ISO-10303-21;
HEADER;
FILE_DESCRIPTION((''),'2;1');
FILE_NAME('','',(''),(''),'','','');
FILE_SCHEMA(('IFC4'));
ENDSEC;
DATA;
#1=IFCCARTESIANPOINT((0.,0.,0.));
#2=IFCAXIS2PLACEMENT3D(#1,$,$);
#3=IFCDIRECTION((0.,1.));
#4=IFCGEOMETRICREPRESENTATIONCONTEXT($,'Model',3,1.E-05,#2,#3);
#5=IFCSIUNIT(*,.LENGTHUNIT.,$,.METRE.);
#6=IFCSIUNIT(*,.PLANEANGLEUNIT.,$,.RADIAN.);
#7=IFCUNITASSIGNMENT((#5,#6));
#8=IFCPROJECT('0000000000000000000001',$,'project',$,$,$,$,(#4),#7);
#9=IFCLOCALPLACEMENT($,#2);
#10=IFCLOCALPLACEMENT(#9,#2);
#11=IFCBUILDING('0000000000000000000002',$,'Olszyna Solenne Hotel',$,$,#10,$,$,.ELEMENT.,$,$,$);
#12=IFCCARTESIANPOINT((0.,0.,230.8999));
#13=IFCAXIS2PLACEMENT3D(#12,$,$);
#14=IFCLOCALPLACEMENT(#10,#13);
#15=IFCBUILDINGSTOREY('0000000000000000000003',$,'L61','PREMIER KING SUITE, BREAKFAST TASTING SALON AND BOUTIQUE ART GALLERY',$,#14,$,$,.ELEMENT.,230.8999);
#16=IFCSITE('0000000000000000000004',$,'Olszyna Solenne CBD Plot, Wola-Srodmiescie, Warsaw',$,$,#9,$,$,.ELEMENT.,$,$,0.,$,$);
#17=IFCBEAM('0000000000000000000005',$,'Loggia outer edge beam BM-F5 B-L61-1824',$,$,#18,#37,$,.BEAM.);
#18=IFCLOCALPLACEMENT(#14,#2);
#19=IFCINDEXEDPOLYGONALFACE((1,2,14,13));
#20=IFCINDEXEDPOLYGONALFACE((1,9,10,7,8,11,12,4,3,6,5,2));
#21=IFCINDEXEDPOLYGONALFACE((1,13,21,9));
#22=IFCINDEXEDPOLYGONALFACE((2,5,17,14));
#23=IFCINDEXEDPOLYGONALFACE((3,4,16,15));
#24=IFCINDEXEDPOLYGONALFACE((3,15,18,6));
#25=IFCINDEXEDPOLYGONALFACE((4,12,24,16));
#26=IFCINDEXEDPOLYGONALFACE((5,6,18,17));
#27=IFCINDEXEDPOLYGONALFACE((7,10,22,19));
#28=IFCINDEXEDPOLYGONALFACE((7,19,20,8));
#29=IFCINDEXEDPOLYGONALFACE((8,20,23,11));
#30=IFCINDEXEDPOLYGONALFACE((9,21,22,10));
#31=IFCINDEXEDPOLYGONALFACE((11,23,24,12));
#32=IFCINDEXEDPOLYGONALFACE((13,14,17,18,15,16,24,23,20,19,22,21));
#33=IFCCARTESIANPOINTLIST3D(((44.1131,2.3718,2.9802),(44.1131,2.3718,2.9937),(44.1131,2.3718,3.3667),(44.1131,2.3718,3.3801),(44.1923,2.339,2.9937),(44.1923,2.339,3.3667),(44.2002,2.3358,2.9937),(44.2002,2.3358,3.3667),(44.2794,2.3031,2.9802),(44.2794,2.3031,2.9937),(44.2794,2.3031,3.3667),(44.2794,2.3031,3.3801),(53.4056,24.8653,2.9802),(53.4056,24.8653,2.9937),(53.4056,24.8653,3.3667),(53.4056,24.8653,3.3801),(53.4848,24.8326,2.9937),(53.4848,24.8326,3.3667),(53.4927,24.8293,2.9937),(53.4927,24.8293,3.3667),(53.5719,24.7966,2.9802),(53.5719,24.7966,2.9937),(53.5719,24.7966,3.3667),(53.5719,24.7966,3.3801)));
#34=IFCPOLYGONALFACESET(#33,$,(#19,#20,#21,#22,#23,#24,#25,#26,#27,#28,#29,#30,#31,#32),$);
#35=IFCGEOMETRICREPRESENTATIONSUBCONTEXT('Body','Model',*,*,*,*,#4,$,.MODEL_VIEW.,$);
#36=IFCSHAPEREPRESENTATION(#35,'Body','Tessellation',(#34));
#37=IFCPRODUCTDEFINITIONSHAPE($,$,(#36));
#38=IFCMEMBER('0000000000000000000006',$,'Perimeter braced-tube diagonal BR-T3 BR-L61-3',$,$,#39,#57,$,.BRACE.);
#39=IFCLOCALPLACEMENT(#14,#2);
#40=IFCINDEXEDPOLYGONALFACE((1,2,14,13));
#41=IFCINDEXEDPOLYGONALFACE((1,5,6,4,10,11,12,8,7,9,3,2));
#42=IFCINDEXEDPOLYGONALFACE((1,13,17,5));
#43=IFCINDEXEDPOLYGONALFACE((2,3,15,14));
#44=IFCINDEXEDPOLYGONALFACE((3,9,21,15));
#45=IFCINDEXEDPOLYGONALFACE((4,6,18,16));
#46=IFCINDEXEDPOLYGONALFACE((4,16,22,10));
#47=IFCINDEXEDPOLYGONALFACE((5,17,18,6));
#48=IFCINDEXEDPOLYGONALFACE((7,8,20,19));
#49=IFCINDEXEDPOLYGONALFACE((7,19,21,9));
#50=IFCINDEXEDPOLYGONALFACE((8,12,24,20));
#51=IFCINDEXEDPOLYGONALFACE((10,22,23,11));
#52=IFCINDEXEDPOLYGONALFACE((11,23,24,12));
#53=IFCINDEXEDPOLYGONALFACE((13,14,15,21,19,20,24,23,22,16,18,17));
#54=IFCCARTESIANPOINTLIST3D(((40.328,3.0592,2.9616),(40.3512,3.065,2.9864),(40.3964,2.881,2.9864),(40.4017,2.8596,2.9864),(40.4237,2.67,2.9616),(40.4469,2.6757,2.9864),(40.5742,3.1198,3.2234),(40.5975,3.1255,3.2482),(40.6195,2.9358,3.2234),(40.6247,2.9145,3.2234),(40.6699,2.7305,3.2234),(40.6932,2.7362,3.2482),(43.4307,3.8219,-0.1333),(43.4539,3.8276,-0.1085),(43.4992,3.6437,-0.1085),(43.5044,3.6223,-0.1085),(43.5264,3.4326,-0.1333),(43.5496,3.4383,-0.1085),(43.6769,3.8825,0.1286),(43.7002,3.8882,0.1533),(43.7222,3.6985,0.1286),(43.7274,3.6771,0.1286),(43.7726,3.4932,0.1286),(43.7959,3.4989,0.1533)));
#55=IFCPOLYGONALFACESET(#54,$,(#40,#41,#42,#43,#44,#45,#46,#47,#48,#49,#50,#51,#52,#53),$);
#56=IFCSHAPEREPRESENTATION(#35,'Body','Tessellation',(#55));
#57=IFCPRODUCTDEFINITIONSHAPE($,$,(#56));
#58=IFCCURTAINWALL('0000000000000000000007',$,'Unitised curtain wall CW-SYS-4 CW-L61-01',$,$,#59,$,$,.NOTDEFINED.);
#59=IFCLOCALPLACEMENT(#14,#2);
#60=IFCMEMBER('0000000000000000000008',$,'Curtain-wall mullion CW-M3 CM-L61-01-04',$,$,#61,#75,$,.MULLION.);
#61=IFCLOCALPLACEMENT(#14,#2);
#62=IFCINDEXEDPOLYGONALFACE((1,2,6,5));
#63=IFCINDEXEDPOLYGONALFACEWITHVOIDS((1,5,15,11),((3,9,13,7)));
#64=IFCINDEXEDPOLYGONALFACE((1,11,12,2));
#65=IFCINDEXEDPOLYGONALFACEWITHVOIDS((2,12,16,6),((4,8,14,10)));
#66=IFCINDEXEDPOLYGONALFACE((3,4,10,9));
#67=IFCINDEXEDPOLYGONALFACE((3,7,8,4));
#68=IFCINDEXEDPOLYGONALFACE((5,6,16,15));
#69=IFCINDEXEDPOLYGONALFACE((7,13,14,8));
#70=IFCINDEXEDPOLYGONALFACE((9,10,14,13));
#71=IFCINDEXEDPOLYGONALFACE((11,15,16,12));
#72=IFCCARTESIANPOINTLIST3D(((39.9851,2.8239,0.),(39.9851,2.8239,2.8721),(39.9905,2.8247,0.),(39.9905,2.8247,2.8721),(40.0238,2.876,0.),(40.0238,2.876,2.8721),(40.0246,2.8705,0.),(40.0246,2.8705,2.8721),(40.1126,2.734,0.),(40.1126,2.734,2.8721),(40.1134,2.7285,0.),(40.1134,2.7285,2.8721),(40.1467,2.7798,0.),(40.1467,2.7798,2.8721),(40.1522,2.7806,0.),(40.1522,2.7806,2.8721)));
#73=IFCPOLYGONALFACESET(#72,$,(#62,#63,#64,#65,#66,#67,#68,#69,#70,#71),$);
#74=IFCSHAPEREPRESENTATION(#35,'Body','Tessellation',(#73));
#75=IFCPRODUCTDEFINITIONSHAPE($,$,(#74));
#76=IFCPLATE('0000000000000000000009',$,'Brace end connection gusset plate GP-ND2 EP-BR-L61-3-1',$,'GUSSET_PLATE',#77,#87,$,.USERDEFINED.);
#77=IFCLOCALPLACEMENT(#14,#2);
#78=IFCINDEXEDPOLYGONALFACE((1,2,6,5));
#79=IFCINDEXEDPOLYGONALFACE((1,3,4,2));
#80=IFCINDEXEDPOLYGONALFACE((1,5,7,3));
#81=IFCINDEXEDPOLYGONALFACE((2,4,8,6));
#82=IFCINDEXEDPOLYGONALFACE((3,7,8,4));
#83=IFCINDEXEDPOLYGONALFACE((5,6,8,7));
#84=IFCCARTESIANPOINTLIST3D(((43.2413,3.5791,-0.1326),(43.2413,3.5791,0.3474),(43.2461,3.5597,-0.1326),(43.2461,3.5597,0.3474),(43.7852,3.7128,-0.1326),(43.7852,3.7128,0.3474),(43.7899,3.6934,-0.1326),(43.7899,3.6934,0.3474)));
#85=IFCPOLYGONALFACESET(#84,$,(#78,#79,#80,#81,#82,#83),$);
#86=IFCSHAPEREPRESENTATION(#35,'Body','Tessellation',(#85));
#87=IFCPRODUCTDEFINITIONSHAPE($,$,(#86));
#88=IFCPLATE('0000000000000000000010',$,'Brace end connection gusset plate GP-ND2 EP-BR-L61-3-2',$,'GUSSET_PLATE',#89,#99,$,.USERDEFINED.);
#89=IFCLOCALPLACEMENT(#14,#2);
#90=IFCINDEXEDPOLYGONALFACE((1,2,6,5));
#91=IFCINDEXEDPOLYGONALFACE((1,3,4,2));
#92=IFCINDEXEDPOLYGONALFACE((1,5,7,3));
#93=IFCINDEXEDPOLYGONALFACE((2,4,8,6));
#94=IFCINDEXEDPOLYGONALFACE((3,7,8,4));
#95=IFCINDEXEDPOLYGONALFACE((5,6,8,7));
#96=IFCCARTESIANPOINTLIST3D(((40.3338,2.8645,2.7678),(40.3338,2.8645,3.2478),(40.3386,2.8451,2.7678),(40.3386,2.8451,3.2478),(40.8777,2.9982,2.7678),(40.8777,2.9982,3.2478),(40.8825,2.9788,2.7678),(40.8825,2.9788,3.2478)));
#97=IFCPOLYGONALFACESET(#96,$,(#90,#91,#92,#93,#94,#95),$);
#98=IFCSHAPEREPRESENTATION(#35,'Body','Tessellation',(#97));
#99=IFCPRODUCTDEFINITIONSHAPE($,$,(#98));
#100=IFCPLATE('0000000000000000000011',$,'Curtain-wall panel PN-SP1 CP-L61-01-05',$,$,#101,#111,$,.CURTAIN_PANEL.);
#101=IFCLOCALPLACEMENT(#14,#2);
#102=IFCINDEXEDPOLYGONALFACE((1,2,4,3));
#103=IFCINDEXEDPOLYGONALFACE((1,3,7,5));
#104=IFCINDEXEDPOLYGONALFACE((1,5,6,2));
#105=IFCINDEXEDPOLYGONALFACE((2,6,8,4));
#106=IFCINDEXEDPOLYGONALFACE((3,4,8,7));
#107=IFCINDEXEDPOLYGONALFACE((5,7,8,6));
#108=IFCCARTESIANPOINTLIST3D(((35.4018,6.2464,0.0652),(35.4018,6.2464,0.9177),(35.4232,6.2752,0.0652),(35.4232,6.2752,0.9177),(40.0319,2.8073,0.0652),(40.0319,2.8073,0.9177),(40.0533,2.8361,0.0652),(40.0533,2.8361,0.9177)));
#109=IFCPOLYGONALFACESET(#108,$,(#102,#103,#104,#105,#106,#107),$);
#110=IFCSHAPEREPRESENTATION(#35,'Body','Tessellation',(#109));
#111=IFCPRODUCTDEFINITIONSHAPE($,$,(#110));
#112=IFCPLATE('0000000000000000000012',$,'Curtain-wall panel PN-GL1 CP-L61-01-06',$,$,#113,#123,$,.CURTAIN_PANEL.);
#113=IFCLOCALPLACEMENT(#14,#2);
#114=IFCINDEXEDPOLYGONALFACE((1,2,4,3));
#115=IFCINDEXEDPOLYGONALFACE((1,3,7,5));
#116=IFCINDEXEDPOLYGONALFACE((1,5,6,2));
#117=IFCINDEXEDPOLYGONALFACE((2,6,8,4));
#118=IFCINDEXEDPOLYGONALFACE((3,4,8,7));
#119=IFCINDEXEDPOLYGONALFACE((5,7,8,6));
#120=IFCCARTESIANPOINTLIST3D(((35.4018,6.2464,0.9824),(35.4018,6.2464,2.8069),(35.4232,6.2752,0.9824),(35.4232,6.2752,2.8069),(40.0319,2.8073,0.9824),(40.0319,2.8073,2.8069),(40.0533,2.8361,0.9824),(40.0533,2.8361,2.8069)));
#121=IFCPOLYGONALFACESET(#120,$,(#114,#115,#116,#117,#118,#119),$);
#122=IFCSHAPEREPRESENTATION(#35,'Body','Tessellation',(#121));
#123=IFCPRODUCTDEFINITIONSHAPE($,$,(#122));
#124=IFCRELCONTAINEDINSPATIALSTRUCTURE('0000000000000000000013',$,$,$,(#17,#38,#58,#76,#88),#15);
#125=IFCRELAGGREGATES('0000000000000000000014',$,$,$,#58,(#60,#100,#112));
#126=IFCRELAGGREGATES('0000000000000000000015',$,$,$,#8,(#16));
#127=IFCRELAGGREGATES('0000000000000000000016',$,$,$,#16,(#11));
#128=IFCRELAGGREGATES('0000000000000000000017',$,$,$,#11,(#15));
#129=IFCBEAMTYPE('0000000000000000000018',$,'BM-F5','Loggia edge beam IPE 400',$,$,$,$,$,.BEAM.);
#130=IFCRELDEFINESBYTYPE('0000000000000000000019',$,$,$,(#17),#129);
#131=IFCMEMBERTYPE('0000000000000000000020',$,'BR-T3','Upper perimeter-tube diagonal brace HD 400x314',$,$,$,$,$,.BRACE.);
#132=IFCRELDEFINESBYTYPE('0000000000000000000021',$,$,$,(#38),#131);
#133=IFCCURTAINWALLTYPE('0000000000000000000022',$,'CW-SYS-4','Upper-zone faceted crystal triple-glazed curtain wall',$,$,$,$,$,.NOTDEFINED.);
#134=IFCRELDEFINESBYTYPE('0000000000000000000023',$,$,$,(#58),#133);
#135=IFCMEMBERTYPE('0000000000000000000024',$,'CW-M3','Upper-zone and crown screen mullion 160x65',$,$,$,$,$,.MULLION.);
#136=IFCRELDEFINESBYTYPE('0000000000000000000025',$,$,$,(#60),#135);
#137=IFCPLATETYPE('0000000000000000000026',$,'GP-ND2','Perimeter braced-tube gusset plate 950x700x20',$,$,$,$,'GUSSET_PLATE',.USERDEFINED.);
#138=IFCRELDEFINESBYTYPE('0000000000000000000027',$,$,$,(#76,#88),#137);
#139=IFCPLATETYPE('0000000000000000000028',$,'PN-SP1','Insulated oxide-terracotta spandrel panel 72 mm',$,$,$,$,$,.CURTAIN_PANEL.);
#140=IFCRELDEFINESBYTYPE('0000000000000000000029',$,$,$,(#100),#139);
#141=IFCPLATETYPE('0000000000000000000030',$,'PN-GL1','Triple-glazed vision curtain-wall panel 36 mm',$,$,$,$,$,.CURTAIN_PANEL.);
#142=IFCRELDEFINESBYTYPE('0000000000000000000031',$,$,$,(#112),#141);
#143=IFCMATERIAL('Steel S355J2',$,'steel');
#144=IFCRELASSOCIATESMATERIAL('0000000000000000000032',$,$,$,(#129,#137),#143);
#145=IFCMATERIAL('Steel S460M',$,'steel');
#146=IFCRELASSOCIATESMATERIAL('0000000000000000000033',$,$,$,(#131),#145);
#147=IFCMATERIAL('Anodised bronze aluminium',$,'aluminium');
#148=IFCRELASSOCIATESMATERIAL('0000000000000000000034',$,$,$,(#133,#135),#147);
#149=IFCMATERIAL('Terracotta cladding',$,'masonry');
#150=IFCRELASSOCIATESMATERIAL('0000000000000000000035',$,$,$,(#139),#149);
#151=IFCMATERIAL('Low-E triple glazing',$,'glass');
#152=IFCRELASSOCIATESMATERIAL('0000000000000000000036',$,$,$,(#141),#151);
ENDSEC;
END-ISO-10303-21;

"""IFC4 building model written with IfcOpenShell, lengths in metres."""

from ifc_helpers import new_model, si_unit, direction, frame, origin, origin_2d, place, context, subcontext, project, spatial, rectangle, hollow_rectangle, i_section, extrude, source, transform, mapped, material, material_profile, profile_set, type_object, element, aggregate, save


model = new_model("IFC4")

# Units and contexts
model_context = context("Model", 3, precision=1e-05, world=origin(), true_north=direction((0.0, 1.0)))
body_context = subcontext(model_context, "Body", "Model", "MODEL_VIEW")
ifc_project = project(units=[si_unit("LENGTHUNIT", "METRE"), si_unit("PLANEANGLEUNIT", "RADIAN")], contexts=[model_context])

# Site, building, storey
site_placement = place(None, origin())
site = spatial("IfcSite", under=ifc_project, at=site_placement, Name="Olszyna Solenne CBD Plot, Wola-Srodmiescie, Warsaw", CompositionType="ELEMENT", RefElevation=0.0)
building_placement = place(site_placement, origin())
building = spatial("IfcBuilding", under=site, at=building_placement, Name="Olszyna Solenne Hotel", CompositionType="ELEMENT")
storey_placement = place(building_placement, frame((0.0, 0.0, 230.8999)))
storey = spatial("IfcBuildingStorey", under=building, at=storey_placement, Name="L61", Description="PREMIER KING SUITE, BREAKFAST TASTING SALON AND BOUTIQUE ART GALLERY", CompositionType="ELEMENT", Elevation=230.8999)

# Shared definitions
ifc_material_1 = material(Name="Steel S460M", Category="steel")

# Beam
ifc_material_2 = material(Name="Steel S355J2", Category="steel")
ifc_material_profile_1 = material_profile(ifc_material_2, i_section(OverallWidth=0.1799, OverallDepth=0.3999, WebThickness=0.0085, FlangeThickness=0.0134, at=origin_2d()), Name="IPE 400", Category="load-bearing")
ifc_profile_set_1 = profile_set([ifc_material_profile_1], Name="Steel S355J2")
beam_type_1 = type_object("IfcBeamType", Name="BM-F5", Description="Loggia edge beam IPE 400", PredefinedType="BEAM", material=ifc_profile_set_1)
shared_shape_1 = source(origin(), body_context, "Body", "SweptSolid", [
    extrude(i_section(OverallWidth=0.1799, OverallDepth=0.3999, WebThickness=0.0085, FlangeThickness=0.0134, at=origin_2d()), origin(), (0.0, 0.0, 1.0), 24.3374),
])
beam_1_placement = place(storey_placement, frame((44.1963, 2.3374, 3.1802), z_axis=(0.381817, 0.924238, 0.0), x_axis=(-0.924238, 0.381817, 0.0)))
element("IfcBeam", 1, at=beam_1_placement, inside=storey, type_object=beam_type_1, Name="Loggia outer edge beam BM-F5 B-L61-1824", PredefinedType="BEAM", context=body_context, shape_type="MappedRepresentation", body=[
    mapped(shared_shape_1, transform((0.0, 0.0, 0.0), x_axis=(1.0, 0.0, 0.0), y_axis=(0.0, 1.0, 0.0), z_axis=(0.0, 0.0, 1.0), scale=1.0)),
])

# Member
ifc_material_profile_2 = material_profile(ifc_material_1, i_section(OverallWidth=0.4009, OverallDepth=0.3989, WebThickness=0.022, FlangeThickness=0.0344, at=origin_2d()), Name="HD 400x314", Category="load-bearing")
ifc_profile_set_2 = profile_set([ifc_material_profile_2], Name="Steel S460M")
member_type_1 = type_object("IfcMemberType", Name="BR-T3", Description="Upper perimeter-tube diagonal brace HD 400x314", PredefinedType="BRACE", material=ifc_profile_set_2)
shared_shape_2 = source(origin(), body_context, "Body", "SweptSolid", [
    extrude(i_section(OverallWidth=0.4009, OverallDepth=0.3989, WebThickness=0.022, FlangeThickness=0.0344, at=origin_2d()), origin(), (0.0, 0.0, 1.0), 4.4482),
])
member_1_placement = place(storey_placement, frame((43.6133, 3.6604, 0.01), z_axis=(-0.697513, -0.171456, 0.695757), x_axis=(0.238704, -0.971092, 0.0)))
element("IfcMember", 2, at=member_1_placement, inside=storey, type_object=member_type_1, Name="Perimeter braced-tube diagonal BR-T3 BR-L61-3", PredefinedType="BRACE", context=body_context, shape_type="MappedRepresentation", body=[
    mapped(shared_shape_2, transform((0.0, 0.0, 0.0), x_axis=(1.0, 0.0, 0.0), y_axis=(0.0, 1.0, 0.0), z_axis=(0.0, 0.0, 1.0), scale=1.0)),
])

# Curtain wall, member
ifc_material_3 = material(Name="Anodised bronze aluminium", Category="aluminium")
curtain_wall_type = type_object("IfcCurtainWallType", Name="CW-SYS-4", Description="Upper-zone faceted crystal triple-glazed curtain wall", PredefinedType="NOTDEFINED", material=ifc_material_3)
curtain_wall_placement = place(storey_placement, origin())
curtain_wall = element("IfcCurtainWall", 3, at=curtain_wall_placement, inside=storey, type_object=curtain_wall_type, Name="Unitised curtain wall CW-SYS-4 CW-L61-01", PredefinedType="NOTDEFINED")
ifc_material_profile_3 = material_profile(ifc_material_3, hollow_rectangle(XDim=0.0649, YDim=0.1599, WallThickness=0.0039, at=origin_2d()), Name="MULL 160x65x4", Category="load-bearing")
ifc_profile_set_3 = profile_set([ifc_material_profile_3], Name="Anodised bronze aluminium")
member_type_2 = type_object("IfcMemberType", Name="CW-M3", Description="Upper-zone and crown screen mullion 160x65", PredefinedType="MULLION", material=ifc_profile_set_3)
shared_shape_3 = source(origin(), body_context, "Body", "SweptSolid", [
    extrude(hollow_rectangle(XDim=0.0649, YDim=0.1599, WallThickness=0.0039, at=origin_2d()), origin(), (0.0, 0.0, 1.0), 2.8721),
])
member_2_placement = place(storey_placement, frame((40.0686, 2.8022, 0.0), z_axis=(0.0, 0.0, 1.0), x_axis=(0.596276, 0.802779, 0.0)))
member_2 = element("IfcMember", 4, at=member_2_placement, type_object=member_type_2, Name="Curtain-wall mullion CW-M3 CM-L61-01-04", PredefinedType="MULLION", context=body_context, shape_type="MappedRepresentation", body=[
    mapped(shared_shape_3, transform((0.0, 0.0, 0.0), x_axis=(1.0, 0.0, 0.0), y_axis=(0.0, 1.0, 0.0), z_axis=(0.0, 0.0, 1.0), scale=1.0)),
])

# Plates
plate_type_1 = type_object("IfcPlateType", Name="GP-ND2", Description="Perimeter braced-tube gusset plate 950x700x20", ElementType="GUSSET_PLATE", PredefinedType="USERDEFINED", material=ifc_material_2)
shared_shape_4 = source(origin(), body_context, "Body", "SweptSolid", [
    extrude(rectangle(XDim=0.5601, YDim=0.02, at=origin_2d()), origin(), (0.0, 0.0, 1.0), 0.48),
])
for number, where, z_axis, x_axis, name in (
    (5, (43.5156, 3.6362, -0.1326), (0.0, 0.0, 1.0), (-0.971093, -0.238703, 0.0), "Brace end connection gusset plate GP-ND2 EP-BR-L61-3-1"),
    (6, (40.6082, 2.9216, 2.7678), (0.0, 0.0, 1.0), (-0.971093, -0.238703, 0.0), "Brace end connection gusset plate GP-ND2 EP-BR-L61-3-2"),
):
    element("IfcPlate", number, at=place(storey_placement, frame(where, z_axis=z_axis, x_axis=x_axis)), inside=storey, type_object=plate_type_1, Name=name, ObjectType="GUSSET_PLATE", PredefinedType="USERDEFINED", context=body_context, shape_type="MappedRepresentation", body=[
        mapped(shared_shape_4, transform((0.0, 0.0, 0.0), x_axis=(1.0, 0.0, 0.0), y_axis=(0.0, 1.0, 0.0), z_axis=(0.0, 0.0, 1.0), scale=1.0)),
    ])

# Plates
ifc_material_4 = material(Name="Terracotta cladding", Category="masonry")
plate_type_2 = type_object("IfcPlateType", Name="PN-SP1", Description="Insulated oxide-terracotta spandrel panel 72 mm", PredefinedType="CURTAIN_PANEL", material=ifc_material_4)
shared_shape_5 = source(origin(), body_context, "Body", "SweptSolid", [
    extrude(rectangle(XDim=5.7676, YDim=0.0359, at=origin_2d()), origin(), (0.0, 0.0, 1.0), 0.8525),
])
plate_1_placement = place(storey_placement, frame((37.7275, 4.5413, 0.0652), z_axis=(0.0, 0.0, 1.0), x_axis=(0.802779, -0.596276, 0.0)))
plate_1 = element("IfcPlate", 7, at=plate_1_placement, type_object=plate_type_2, Name="Curtain-wall panel PN-SP1 CP-L61-01-05", PredefinedType="CURTAIN_PANEL", context=body_context, shape_type="MappedRepresentation", body=[
    mapped(shared_shape_5, transform((0.0, 0.0, 0.0), x_axis=(1.0, 0.0, 0.0), y_axis=(0.0, 1.0, 0.0), z_axis=(0.0, 0.0, 1.0), scale=1.0)),
])
ifc_material_5 = material(Name="Low-E triple glazing", Category="glass")
plate_type_3 = type_object("IfcPlateType", Name="PN-GL1", Description="Triple-glazed vision curtain-wall panel 36 mm", PredefinedType="CURTAIN_PANEL", material=ifc_material_5)
shared_shape_6 = source(origin(), body_context, "Body", "SweptSolid", [
    extrude(rectangle(XDim=5.7676, YDim=0.0359, at=origin_2d()), origin(), (0.0, 0.0, 1.0), 1.8245),
])
plate_2_placement = place(storey_placement, frame((37.7275, 4.5413, 0.9824), z_axis=(0.0, 0.0, 1.0), x_axis=(0.802779, -0.596276, 0.0)))
plate_2 = element("IfcPlate", 8, at=plate_2_placement, type_object=plate_type_3, Name="Curtain-wall panel PN-GL1 CP-L61-01-06", PredefinedType="CURTAIN_PANEL", context=body_context, shape_type="MappedRepresentation", body=[
    mapped(shared_shape_6, transform((0.0, 0.0, 0.0), x_axis=(1.0, 0.0, 0.0), y_axis=(0.0, 1.0, 0.0), z_axis=(0.0, 0.0, 1.0), scale=1.0)),
])
aggregate(curtain_wall, [member_2, plate_1, plate_2])

save(model, "model.ifc")
